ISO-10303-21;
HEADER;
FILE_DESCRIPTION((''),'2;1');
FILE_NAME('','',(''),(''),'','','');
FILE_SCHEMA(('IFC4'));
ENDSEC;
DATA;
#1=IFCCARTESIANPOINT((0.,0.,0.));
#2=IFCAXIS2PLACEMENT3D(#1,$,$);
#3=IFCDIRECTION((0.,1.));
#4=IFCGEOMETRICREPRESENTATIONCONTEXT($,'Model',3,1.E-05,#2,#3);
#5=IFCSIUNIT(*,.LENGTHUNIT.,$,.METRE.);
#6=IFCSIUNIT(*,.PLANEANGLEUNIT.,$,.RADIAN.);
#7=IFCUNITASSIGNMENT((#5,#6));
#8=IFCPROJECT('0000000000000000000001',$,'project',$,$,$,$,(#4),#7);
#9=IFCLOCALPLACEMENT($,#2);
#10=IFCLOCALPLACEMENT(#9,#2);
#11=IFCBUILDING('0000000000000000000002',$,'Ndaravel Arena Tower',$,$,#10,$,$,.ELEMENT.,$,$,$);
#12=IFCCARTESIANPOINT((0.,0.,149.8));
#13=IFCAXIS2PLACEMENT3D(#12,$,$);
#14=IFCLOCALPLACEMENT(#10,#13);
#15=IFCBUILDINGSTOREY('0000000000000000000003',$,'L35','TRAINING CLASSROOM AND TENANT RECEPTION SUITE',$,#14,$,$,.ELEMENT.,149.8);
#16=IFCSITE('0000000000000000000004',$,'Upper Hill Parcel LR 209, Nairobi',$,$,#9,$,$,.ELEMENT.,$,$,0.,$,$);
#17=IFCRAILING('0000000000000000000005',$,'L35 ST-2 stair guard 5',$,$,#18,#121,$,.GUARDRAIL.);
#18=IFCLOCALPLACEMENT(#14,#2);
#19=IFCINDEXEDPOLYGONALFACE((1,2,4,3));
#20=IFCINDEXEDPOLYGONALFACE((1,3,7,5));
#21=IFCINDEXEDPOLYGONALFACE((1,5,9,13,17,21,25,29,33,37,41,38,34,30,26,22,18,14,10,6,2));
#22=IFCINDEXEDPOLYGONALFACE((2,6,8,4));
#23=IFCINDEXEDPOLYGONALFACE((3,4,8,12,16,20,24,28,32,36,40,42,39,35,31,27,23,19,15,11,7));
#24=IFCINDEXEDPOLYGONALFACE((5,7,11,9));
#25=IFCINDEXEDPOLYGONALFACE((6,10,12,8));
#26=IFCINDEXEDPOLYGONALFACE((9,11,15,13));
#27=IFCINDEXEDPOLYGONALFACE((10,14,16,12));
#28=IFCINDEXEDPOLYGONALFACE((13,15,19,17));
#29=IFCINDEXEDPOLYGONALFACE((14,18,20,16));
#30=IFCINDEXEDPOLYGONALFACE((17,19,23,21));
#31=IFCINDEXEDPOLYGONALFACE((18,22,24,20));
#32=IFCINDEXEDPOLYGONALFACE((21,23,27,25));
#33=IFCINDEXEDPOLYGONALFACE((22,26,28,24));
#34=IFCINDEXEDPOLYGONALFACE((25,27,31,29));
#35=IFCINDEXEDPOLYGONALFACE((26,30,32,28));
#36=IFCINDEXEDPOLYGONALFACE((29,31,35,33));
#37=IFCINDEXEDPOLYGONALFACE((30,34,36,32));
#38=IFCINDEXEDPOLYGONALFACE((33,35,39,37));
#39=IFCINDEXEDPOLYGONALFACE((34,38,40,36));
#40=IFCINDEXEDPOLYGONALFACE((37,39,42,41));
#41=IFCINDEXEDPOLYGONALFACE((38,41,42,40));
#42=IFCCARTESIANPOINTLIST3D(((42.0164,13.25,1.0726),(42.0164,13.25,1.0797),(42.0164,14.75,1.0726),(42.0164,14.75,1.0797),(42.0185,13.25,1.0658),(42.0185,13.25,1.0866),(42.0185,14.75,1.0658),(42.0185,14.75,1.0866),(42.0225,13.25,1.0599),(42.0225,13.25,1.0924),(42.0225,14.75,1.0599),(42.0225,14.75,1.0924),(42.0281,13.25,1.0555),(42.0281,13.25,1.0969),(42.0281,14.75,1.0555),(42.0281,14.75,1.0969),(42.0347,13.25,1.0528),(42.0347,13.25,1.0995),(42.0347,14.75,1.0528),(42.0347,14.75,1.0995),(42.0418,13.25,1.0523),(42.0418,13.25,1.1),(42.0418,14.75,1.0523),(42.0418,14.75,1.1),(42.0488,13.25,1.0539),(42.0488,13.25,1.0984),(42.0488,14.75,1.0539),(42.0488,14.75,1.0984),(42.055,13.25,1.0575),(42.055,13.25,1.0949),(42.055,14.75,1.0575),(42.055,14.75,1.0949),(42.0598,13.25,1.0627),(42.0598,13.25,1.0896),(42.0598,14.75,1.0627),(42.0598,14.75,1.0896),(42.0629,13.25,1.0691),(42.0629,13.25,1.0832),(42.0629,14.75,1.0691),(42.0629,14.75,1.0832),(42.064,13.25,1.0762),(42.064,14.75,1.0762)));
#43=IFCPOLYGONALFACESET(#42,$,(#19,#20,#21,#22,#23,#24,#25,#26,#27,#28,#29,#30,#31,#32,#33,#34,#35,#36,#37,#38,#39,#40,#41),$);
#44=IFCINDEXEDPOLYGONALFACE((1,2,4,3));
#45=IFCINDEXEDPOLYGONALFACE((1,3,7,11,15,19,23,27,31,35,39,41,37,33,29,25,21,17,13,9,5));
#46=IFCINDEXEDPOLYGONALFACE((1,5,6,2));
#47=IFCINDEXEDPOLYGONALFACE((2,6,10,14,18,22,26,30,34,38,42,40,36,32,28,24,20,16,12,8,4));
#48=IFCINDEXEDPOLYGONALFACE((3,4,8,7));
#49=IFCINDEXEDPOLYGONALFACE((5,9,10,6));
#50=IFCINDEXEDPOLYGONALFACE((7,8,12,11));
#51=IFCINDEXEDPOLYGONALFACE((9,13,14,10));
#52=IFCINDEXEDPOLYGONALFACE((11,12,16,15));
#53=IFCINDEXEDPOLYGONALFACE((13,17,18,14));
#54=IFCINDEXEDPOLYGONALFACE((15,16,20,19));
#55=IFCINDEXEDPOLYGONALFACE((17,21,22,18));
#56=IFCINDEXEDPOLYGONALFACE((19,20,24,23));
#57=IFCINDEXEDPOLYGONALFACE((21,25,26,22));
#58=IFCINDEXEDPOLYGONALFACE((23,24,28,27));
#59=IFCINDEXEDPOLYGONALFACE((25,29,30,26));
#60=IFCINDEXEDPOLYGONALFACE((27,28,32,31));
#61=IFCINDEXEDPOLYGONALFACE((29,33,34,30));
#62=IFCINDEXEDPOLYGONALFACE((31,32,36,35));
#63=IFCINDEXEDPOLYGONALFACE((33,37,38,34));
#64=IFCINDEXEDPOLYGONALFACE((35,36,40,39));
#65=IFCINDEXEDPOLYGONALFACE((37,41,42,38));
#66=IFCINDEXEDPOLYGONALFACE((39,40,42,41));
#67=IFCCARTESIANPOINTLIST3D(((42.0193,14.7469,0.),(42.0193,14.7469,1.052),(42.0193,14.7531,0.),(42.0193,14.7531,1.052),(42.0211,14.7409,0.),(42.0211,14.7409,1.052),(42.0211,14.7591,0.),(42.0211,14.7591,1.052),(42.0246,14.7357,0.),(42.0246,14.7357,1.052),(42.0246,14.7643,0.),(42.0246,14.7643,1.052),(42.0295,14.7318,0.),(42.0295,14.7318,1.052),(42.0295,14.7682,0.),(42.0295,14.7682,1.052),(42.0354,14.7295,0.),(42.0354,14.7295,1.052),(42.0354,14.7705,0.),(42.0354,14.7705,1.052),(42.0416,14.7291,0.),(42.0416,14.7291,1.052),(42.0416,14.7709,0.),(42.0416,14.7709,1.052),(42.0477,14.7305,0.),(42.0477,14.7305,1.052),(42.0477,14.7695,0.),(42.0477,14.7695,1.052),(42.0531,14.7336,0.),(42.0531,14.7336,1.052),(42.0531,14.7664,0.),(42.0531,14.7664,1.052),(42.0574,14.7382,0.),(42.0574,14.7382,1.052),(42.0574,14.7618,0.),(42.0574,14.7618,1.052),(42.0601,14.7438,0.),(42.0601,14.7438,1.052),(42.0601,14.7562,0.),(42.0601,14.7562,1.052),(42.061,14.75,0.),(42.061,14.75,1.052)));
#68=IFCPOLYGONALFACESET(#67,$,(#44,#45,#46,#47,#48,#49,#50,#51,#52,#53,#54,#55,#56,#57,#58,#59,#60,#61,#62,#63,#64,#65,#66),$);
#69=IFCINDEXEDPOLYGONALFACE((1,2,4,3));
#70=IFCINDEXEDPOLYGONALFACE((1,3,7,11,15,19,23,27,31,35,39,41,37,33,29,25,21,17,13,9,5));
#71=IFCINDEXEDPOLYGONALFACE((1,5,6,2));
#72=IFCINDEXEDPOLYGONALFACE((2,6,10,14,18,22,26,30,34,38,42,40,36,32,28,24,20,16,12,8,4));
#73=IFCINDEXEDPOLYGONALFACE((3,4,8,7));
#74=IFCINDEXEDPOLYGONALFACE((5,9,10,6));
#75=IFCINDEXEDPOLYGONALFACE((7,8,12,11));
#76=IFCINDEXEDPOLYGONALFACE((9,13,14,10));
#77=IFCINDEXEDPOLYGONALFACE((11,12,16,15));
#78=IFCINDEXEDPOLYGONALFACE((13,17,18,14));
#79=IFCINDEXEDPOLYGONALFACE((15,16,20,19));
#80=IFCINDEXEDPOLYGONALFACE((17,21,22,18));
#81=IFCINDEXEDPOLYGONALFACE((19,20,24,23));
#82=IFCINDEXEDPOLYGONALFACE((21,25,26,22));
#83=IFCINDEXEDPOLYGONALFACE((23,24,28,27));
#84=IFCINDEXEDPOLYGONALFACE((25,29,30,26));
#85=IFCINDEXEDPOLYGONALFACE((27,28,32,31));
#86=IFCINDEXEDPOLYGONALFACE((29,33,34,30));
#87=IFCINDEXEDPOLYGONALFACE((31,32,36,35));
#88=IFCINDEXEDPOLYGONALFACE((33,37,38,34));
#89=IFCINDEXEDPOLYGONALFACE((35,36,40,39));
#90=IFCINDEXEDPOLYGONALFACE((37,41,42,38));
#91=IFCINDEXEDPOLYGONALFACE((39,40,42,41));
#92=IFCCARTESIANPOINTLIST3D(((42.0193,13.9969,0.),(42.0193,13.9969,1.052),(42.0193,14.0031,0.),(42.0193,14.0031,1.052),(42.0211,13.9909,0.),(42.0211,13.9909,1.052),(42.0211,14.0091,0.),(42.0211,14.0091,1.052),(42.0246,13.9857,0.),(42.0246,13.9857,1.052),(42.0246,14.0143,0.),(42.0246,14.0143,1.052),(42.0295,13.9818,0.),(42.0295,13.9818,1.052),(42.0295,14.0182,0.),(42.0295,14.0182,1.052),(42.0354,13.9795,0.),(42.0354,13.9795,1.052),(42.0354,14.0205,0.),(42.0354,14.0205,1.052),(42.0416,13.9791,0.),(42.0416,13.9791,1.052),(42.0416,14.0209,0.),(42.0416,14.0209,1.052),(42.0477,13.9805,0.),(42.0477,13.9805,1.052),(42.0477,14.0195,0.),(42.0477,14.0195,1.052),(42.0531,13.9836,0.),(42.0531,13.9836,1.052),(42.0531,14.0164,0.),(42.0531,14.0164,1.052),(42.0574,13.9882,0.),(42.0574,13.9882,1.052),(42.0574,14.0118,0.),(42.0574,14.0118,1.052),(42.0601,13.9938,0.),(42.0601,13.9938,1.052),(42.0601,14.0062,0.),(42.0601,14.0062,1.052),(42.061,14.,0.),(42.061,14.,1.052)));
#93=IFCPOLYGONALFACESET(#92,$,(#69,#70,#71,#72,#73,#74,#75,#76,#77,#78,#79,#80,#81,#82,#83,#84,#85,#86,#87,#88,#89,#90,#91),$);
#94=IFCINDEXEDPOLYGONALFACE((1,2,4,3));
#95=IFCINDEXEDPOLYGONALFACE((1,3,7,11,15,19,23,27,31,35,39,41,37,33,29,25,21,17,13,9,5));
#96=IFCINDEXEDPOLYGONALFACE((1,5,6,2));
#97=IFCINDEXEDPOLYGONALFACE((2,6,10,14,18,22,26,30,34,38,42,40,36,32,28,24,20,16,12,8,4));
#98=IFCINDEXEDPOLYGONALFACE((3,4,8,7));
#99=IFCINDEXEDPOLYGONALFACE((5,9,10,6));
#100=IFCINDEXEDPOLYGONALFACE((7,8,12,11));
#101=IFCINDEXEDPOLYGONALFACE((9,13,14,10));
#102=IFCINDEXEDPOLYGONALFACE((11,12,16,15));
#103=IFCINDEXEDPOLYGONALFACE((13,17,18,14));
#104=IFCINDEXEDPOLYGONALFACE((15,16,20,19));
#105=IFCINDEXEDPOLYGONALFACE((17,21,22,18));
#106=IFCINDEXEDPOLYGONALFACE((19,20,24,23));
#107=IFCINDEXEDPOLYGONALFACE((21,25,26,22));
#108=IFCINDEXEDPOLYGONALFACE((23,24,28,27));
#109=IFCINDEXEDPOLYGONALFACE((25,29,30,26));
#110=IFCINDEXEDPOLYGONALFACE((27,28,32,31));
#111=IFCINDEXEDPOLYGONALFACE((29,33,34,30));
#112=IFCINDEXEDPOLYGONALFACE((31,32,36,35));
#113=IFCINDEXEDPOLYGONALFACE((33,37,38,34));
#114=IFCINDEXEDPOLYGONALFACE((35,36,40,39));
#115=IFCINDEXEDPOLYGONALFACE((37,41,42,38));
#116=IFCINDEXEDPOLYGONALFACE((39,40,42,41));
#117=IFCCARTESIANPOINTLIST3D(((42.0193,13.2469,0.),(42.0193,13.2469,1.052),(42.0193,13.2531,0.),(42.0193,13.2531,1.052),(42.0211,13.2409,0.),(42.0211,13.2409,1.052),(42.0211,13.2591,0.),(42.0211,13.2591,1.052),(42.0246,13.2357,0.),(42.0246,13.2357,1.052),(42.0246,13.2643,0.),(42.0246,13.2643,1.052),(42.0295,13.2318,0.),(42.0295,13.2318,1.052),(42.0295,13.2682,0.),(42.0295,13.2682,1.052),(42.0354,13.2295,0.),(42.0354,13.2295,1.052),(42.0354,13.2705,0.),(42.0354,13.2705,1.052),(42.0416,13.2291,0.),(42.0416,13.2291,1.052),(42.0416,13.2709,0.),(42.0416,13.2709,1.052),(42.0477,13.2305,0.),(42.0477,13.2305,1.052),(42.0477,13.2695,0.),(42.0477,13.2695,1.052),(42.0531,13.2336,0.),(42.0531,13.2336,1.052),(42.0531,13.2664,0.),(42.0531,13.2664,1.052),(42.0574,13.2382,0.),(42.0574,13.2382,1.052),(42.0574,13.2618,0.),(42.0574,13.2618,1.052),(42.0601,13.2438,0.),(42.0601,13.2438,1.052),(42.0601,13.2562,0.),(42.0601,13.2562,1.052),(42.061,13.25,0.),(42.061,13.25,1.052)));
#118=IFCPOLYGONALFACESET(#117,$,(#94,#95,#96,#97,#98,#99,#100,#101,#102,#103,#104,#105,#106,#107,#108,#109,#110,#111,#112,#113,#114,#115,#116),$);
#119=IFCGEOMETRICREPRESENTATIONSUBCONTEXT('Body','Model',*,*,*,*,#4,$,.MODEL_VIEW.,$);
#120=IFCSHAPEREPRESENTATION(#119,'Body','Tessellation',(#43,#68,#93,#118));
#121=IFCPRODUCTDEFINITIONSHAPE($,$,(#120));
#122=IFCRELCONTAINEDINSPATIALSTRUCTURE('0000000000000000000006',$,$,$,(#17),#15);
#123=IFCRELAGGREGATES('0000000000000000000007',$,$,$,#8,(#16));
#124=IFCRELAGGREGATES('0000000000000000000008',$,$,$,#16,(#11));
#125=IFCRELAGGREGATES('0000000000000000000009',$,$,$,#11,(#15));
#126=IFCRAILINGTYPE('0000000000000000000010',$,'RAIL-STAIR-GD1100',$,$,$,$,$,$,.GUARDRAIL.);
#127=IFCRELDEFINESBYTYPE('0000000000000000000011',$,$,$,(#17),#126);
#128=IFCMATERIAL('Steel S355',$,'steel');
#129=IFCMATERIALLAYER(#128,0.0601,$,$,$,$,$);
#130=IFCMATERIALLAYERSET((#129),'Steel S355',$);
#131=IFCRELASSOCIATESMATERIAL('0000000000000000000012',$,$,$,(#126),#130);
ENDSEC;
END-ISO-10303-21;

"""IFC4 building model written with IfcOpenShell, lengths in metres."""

from ifc_helpers import new_model, si_unit, direction, frame, origin, origin_2d, place, context, subcontext, project, spatial, circle, extrude, material, layer, layer_set, type_object, element, save


model = new_model("IFC4")

# Units and contexts
model_context = context("Model", 3, precision=1e-05, world=origin(), true_north=direction((0.0, 1.0)))
body_context = subcontext(model_context, "Body", "Model", "MODEL_VIEW")
ifc_project = project(units=[si_unit("LENGTHUNIT", "METRE"), si_unit("PLANEANGLEUNIT", "RADIAN")], contexts=[model_context])

# Site, building, storey
site_placement = place(None, origin())
site = spatial("IfcSite", under=ifc_project, at=site_placement, Name="Upper Hill Parcel LR 209, Nairobi", CompositionType="ELEMENT", RefElevation=0.0)
building_placement = place(site_placement, origin())
building = spatial("IfcBuilding", under=site, at=building_placement, Name="Ndaravel Arena Tower", CompositionType="ELEMENT")
storey_placement = place(building_placement, frame((0.0, 0.0, 149.8)))
storey = spatial("IfcBuildingStorey", under=building, at=storey_placement, Name="L35", Description="TRAINING CLASSROOM AND TENANT RECEPTION SUITE", CompositionType="ELEMENT", Elevation=149.8)

# Railing
ifc_material_1 = material(Name="Steel S355", Category="steel")
ifc_layer_1 = layer(ifc_material_1, 0.0601)
ifc_layer_set_1 = layer_set([ifc_layer_1], Name="Steel S355")
railing_type = type_object("IfcRailingType", Name="RAIL-STAIR-GD1100", PredefinedType="GUARDRAIL", material=ifc_layer_set_1)
railing_1_placement = place(storey_placement, frame((42.04, 14.75, 0.0)))
element("IfcRailing", 1, at=railing_1_placement, inside=storey, type_object=railing_type, Name="L35 ST-2 stair guard 5", PredefinedType="GUARDRAIL", context=body_context, shape_type="SweptSolid", body=[
    extrude(circle(Radius=0.0239, at=origin_2d()), frame((0.0, 0.0, 1.0762), z_axis=(0.0, -1.0, 0.0), x_axis=(1.0, 0.0, 0.0)), (0.0, 0.0, 1.0), 1.5),
    extrude(circle(Radius=0.021, at=origin_2d()), origin(), (0.0, 0.0, 1.0), 1.052),
    extrude(circle(Radius=0.021, at=origin_2d()), frame((0.0, -0.75, 0.0)), (0.0, 0.0, 1.0), 1.052),
    extrude(circle(Radius=0.021, at=origin_2d()), frame((0.0, -1.5, 0.0)), (0.0, 0.0, 1.0), 1.052),
])

save(model, "model.ifc")
